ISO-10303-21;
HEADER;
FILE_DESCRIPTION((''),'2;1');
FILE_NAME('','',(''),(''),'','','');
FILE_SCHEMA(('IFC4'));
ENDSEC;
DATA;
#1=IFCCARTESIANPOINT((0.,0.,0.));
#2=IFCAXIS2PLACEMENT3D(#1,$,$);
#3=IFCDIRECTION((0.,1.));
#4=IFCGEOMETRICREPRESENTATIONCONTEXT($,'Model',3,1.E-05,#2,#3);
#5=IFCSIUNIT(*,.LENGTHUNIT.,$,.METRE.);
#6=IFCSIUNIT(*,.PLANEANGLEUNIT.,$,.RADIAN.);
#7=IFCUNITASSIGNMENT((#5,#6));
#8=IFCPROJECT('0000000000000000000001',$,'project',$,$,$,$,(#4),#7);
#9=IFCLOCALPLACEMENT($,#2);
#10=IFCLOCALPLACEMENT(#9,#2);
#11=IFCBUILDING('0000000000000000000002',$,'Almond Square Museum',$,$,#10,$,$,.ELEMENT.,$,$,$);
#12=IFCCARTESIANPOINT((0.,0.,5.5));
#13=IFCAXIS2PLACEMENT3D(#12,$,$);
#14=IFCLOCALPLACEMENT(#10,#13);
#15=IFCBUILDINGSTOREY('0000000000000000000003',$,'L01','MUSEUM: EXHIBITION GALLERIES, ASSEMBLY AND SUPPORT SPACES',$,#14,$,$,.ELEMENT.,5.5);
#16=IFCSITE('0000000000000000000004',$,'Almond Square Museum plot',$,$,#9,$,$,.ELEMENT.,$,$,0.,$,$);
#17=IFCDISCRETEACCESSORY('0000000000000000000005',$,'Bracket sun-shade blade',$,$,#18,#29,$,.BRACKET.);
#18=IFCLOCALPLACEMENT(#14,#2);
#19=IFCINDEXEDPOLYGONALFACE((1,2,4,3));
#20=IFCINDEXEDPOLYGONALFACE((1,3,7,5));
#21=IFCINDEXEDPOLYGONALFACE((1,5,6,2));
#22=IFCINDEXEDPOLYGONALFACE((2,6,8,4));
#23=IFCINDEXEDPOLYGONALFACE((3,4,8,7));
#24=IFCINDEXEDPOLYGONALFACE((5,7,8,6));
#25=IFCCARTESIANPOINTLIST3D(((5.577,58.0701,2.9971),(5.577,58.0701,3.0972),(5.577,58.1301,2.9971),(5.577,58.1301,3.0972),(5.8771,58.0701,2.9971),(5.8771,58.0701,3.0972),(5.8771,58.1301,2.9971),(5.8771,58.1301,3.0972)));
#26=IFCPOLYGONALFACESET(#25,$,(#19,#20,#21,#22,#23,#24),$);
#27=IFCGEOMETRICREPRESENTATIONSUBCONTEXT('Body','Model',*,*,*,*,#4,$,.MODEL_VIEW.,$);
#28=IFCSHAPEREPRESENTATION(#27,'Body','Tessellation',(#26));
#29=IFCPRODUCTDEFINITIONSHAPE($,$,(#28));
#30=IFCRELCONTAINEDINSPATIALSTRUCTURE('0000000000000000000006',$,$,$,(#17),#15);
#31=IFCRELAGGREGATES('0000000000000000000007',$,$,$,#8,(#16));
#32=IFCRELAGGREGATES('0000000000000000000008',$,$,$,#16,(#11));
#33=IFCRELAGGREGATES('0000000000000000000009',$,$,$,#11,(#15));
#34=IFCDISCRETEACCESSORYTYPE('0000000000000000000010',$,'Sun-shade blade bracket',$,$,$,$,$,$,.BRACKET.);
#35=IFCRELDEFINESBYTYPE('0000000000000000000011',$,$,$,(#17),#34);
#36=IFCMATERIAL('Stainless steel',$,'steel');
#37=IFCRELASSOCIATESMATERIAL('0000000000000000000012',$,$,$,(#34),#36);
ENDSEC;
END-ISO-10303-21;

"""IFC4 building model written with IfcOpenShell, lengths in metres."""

from ifc_helpers import new_model, si_unit, direction, frame, origin, origin_2d, place, context, subcontext, project, spatial, rectangle, extrude, material, type_object, element, save


model = new_model("IFC4")

# Units and contexts
model_context = context("Model", 3, precision=1e-05, world=origin(), true_north=direction((0.0, 1.0)))
body_context = subcontext(model_context, "Body", "Model", "MODEL_VIEW")
ifc_project = project(units=[si_unit("LENGTHUNIT", "METRE"), si_unit("PLANEANGLEUNIT", "RADIAN")], contexts=[model_context])

# Site, building, storey
site_placement = place(None, origin())
site = spatial("IfcSite", under=ifc_project, at=site_placement, Name="Almond Square Museum plot", CompositionType="ELEMENT", RefElevation=0.0)
building_placement = place(site_placement, origin())
building = spatial("IfcBuilding", under=site, at=building_placement, Name="Almond Square Museum", CompositionType="ELEMENT")
storey_placement = place(building_placement, frame((0.0, 0.0, 5.5)))
storey = spatial("IfcBuildingStorey", under=building, at=storey_placement, Name="L01", Description="MUSEUM: EXHIBITION GALLERIES, ASSEMBLY AND SUPPORT SPACES", CompositionType="ELEMENT", Elevation=5.5)

# Discrete accessory
ifc_material_1 = material(Name="Stainless steel", Category="steel")
discrete_accessory_type = type_object("IfcDiscreteAccessoryType", Name="Sun-shade blade bracket", PredefinedType="BRACKET", material=ifc_material_1)
for number, where, z_axis, x_axis, name in (
    (1, (5.7271, 58.1001, 2.9971), (0.0, 0.0, 1.0), (1.0, 0.0, 0.0), "Bracket sun-shade blade"),
):
    element("IfcDiscreteAccessory", number, at=place(storey_placement, frame(where, z_axis=z_axis, x_axis=x_axis)), inside=storey, type_object=discrete_accessory_type, Name=name, PredefinedType="BRACKET", context=body_context, shape_type="SweptSolid", body=[
        extrude(rectangle(XDim=0.3, YDim=0.0601, at=origin_2d()), origin(), (0.0, 0.0, 1.0), 0.1001),
    ])

save(model, "model.ifc")
